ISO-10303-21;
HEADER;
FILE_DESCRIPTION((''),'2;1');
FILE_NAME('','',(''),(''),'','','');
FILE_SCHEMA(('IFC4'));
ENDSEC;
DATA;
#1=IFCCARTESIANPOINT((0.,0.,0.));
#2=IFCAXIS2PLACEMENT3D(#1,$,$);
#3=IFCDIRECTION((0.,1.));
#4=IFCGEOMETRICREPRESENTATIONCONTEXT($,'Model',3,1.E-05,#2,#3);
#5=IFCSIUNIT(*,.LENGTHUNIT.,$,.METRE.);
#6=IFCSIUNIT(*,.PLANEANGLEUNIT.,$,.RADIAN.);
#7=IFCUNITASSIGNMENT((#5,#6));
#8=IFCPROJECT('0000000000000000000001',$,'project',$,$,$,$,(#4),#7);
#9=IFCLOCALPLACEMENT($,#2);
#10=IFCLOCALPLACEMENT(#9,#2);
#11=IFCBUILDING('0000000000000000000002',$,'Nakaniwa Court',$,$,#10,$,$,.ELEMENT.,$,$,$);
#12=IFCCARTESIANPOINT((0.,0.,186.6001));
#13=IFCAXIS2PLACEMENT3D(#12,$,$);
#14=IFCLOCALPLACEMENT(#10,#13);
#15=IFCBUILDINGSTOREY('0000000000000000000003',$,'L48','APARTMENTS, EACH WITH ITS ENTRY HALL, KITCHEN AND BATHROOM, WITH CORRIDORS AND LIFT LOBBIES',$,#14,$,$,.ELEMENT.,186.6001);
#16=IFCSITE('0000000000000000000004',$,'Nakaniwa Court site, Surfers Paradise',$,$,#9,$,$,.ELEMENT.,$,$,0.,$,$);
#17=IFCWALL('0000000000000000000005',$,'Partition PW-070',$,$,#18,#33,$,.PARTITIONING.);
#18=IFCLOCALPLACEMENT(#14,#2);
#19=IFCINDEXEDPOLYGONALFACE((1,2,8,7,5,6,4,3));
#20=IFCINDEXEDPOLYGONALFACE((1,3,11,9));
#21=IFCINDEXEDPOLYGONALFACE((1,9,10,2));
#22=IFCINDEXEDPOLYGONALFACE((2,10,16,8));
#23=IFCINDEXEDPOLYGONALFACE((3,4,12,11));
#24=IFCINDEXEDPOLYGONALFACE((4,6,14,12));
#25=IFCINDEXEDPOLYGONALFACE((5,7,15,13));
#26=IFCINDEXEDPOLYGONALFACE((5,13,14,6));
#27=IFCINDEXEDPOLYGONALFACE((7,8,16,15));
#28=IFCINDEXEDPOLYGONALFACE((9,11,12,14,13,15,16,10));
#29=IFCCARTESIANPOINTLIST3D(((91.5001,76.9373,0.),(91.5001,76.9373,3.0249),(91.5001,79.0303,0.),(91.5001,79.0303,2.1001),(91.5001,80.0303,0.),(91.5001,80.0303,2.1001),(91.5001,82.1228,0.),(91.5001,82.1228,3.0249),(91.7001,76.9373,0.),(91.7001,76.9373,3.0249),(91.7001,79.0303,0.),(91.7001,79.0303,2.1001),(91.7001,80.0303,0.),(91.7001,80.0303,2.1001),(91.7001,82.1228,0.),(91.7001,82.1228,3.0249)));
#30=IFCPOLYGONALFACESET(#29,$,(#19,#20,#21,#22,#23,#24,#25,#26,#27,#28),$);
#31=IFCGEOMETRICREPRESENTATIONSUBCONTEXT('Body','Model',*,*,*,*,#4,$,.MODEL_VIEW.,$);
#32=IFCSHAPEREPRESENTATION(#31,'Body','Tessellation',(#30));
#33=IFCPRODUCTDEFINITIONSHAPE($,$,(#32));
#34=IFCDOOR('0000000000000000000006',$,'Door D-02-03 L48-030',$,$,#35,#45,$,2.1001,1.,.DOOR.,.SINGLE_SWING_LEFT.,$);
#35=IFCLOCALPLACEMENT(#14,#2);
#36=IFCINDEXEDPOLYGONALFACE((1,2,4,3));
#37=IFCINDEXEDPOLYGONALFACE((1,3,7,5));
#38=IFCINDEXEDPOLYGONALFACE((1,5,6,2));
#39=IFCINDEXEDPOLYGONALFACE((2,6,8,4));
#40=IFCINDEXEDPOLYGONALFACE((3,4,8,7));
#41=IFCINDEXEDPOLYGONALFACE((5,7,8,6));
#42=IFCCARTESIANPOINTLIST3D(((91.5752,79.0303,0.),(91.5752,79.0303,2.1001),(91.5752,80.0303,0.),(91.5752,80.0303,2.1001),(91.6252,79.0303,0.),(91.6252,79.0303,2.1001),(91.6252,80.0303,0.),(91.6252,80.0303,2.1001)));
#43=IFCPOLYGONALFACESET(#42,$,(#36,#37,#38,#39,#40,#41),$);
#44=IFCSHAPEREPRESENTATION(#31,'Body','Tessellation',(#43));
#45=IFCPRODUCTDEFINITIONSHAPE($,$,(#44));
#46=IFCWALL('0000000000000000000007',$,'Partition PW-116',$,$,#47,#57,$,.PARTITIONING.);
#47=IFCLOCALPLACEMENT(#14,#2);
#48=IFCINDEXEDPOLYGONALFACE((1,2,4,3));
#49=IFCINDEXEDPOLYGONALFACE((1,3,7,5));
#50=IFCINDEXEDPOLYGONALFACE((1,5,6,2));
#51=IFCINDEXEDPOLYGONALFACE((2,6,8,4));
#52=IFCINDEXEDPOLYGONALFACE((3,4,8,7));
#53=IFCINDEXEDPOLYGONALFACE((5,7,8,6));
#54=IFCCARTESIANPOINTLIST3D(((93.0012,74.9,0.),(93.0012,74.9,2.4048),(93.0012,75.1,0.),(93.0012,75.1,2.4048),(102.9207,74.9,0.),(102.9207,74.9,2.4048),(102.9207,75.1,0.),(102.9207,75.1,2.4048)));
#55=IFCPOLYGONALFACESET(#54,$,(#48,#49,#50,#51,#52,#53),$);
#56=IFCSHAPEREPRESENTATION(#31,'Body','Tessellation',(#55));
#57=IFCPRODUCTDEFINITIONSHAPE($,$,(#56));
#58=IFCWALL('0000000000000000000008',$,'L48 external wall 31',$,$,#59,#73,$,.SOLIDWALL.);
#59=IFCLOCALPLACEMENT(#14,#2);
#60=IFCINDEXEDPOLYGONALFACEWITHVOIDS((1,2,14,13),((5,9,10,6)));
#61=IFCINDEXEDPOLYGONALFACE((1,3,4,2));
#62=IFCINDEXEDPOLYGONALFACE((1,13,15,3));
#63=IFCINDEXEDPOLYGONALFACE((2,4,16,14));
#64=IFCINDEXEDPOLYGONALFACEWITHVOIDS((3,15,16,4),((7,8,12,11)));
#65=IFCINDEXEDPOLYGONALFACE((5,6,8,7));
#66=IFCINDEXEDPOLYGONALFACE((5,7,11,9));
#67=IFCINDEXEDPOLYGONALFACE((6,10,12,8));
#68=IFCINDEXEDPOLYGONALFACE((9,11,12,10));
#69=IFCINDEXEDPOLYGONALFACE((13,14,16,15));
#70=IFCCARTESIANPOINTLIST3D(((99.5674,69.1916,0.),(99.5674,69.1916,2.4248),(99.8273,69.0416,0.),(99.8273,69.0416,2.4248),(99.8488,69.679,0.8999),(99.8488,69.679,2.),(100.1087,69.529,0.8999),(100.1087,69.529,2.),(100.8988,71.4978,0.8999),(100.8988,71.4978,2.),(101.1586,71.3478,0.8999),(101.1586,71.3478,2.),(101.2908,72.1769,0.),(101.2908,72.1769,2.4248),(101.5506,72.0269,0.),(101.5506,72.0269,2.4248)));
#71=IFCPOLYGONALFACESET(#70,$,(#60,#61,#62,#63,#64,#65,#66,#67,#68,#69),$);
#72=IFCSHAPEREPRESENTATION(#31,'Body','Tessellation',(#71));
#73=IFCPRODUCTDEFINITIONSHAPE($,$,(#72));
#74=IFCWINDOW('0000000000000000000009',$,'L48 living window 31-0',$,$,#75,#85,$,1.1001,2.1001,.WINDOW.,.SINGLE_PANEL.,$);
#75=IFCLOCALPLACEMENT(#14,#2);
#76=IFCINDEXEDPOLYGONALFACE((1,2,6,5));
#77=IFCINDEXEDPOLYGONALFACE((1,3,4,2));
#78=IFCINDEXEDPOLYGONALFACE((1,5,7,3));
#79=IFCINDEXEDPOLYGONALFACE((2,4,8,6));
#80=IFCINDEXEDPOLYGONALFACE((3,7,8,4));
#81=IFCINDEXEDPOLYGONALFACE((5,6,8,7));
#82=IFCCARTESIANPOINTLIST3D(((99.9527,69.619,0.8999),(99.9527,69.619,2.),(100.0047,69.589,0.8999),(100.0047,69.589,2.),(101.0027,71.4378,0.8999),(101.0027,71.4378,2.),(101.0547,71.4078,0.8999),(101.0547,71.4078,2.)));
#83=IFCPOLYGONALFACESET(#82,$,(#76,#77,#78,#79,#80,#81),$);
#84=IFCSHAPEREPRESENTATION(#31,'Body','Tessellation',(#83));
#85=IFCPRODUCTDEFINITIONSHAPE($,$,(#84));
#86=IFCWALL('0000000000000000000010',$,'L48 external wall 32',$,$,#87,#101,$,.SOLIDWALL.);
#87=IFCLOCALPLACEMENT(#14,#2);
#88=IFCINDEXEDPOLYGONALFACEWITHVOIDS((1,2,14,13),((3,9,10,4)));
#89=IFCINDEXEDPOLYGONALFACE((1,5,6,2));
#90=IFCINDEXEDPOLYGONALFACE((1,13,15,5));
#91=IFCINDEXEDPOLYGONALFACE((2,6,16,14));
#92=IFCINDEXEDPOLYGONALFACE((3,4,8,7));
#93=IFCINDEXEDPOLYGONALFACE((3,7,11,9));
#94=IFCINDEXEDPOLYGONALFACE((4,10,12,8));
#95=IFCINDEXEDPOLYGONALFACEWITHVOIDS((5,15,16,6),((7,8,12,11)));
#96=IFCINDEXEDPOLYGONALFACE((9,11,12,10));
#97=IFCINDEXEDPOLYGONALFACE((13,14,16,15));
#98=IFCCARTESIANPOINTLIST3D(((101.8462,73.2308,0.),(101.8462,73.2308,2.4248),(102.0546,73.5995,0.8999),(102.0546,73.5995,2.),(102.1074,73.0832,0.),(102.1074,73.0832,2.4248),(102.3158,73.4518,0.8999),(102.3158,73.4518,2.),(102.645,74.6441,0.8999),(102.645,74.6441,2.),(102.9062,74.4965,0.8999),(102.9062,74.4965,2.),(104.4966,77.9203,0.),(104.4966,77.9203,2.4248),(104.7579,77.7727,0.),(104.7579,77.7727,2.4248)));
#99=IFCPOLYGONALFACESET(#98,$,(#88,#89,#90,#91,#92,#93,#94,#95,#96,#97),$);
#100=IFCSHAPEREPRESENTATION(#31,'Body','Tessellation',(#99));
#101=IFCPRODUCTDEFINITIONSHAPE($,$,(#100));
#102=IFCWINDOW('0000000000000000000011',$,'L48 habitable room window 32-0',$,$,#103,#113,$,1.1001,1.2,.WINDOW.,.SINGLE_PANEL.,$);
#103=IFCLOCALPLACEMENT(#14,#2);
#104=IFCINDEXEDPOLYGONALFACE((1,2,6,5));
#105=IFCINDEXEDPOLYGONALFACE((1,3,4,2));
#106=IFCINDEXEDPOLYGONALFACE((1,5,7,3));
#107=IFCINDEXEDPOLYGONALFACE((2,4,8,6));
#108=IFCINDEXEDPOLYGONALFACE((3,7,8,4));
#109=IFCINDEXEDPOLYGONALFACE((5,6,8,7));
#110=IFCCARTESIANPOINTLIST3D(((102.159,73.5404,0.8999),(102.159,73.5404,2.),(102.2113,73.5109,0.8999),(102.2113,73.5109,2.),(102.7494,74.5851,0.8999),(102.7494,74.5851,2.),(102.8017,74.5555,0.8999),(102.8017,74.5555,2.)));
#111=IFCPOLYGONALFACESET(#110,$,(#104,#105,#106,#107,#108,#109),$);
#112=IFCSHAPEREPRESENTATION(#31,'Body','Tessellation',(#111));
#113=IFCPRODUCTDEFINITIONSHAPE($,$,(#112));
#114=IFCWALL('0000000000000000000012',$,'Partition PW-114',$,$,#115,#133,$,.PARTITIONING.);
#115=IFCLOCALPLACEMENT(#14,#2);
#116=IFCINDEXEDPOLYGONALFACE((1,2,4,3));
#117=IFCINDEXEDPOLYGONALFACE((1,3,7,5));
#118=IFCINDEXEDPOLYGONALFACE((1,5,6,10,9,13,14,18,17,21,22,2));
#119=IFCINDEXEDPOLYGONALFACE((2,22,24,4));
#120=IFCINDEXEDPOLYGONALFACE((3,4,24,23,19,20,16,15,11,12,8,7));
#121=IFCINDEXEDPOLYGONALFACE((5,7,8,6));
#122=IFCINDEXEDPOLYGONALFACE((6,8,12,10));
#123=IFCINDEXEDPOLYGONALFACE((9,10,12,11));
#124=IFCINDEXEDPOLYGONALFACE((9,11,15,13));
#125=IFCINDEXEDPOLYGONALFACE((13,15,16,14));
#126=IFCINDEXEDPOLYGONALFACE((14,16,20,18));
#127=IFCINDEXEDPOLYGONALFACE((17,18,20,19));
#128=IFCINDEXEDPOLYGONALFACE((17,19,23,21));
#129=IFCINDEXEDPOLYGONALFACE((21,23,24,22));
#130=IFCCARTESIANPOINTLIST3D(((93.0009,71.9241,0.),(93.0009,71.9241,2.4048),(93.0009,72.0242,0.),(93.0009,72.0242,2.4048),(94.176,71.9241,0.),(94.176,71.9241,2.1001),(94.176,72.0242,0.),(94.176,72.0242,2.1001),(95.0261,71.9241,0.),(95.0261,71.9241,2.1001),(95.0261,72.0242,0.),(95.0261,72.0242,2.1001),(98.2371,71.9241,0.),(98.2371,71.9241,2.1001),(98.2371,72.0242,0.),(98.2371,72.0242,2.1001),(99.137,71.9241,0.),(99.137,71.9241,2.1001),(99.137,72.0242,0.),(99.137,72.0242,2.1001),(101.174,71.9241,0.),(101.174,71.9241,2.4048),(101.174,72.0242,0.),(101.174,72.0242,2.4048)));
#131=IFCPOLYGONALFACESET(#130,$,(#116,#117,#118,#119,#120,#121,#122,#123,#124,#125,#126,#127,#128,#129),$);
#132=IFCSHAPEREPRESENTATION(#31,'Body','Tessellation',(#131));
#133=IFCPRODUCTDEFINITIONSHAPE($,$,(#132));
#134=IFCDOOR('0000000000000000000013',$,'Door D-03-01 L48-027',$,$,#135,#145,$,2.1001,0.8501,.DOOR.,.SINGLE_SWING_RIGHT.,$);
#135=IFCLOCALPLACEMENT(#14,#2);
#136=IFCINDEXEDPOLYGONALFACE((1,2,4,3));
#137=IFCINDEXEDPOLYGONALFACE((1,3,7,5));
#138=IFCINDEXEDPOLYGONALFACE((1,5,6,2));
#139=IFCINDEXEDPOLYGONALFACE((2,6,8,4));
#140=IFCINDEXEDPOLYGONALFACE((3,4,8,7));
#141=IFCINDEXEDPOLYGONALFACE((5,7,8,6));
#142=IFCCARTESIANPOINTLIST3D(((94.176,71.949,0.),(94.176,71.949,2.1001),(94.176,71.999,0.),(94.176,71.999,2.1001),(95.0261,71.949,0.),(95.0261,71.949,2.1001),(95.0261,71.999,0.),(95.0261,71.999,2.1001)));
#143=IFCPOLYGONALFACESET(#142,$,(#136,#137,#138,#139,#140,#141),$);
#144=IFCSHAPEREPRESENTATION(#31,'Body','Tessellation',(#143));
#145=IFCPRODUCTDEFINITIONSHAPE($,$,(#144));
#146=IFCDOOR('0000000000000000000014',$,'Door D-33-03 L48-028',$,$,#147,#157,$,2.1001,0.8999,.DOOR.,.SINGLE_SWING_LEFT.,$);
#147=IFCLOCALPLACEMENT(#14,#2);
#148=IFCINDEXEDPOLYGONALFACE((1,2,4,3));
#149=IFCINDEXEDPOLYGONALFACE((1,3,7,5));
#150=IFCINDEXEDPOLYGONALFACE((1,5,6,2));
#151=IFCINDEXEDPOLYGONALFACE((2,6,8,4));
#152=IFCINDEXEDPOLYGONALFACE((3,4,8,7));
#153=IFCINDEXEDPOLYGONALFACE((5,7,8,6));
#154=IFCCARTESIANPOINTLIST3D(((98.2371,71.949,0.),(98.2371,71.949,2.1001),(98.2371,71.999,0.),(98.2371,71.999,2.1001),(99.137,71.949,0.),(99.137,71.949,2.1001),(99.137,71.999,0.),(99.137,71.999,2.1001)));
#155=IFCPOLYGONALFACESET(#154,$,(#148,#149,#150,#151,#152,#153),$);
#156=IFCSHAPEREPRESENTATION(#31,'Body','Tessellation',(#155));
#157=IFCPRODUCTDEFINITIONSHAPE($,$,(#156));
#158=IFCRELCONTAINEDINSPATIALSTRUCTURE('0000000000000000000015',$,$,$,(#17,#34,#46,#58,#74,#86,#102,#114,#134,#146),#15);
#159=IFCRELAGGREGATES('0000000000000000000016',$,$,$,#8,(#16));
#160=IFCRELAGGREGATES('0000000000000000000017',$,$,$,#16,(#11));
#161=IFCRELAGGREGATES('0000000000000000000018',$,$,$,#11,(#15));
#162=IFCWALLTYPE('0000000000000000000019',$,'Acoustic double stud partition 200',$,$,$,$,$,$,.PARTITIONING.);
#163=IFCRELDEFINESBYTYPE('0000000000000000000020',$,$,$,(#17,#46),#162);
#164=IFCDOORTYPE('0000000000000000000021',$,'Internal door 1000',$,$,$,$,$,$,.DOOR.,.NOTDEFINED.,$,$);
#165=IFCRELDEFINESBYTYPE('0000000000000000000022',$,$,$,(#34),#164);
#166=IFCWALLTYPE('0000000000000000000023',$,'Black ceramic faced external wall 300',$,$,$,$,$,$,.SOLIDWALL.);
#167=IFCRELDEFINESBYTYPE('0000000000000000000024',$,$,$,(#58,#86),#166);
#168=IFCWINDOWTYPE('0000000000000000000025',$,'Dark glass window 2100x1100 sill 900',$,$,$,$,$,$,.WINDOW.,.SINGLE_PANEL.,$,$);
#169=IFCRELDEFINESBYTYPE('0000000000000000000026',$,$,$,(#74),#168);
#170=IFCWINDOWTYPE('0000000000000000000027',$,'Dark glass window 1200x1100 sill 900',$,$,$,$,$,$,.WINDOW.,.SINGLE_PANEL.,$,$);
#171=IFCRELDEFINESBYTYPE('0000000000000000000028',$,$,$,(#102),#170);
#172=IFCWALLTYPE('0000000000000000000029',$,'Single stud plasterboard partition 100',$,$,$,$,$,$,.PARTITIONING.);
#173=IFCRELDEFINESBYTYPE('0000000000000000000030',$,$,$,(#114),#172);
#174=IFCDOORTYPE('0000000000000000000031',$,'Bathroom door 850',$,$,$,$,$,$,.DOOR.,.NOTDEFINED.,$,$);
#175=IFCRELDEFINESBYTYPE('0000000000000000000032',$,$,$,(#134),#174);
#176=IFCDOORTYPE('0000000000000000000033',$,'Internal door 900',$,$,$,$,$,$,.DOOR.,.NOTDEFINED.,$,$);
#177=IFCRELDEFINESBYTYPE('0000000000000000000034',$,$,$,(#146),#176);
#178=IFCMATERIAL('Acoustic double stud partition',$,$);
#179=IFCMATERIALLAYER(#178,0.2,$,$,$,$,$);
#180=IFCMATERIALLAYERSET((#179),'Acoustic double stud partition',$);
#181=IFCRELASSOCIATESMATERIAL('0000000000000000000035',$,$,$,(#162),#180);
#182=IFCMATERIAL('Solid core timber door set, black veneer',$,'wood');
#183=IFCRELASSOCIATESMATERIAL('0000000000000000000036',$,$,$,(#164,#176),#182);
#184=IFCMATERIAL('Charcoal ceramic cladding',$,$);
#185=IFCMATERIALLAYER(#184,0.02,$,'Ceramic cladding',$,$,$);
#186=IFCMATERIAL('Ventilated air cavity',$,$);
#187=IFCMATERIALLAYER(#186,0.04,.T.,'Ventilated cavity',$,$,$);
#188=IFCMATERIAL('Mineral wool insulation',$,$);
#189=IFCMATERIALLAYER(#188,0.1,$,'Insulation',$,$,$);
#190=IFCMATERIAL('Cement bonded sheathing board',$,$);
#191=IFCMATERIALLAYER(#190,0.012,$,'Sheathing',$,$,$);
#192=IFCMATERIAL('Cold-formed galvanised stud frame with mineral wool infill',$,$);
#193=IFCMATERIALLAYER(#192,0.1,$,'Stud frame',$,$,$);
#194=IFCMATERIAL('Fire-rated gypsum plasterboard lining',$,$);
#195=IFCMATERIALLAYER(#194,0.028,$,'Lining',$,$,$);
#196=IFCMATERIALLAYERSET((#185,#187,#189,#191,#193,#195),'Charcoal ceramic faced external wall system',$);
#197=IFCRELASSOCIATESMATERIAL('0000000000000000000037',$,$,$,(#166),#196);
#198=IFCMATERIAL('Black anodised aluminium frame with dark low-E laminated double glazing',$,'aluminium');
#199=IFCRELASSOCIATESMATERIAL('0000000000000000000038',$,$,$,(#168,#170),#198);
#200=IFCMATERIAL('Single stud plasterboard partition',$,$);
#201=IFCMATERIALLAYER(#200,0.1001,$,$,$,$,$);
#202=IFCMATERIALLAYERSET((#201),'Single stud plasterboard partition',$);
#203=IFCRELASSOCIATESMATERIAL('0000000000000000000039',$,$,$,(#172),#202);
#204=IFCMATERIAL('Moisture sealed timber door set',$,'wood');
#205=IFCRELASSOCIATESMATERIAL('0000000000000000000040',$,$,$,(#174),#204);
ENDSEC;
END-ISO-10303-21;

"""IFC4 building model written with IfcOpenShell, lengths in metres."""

from ifc_helpers import new_model, si_unit, direction, frame, frame_2d, origin, place, context, subcontext, project, spatial, rectangle, extrude, material, layer, layer_set, type_object, element, fill, save


model = new_model("IFC4")

# Units and contexts
model_context = context("Model", 3, precision=1e-05, world=origin(), true_north=direction((0.0, 1.0)))
body_context = subcontext(model_context, "Body", "Model", "MODEL_VIEW")
ifc_project = project(units=[si_unit("LENGTHUNIT", "METRE"), si_unit("PLANEANGLEUNIT", "RADIAN")], contexts=[model_context])

# Site, building, storey
site_placement = place(None, origin())
site = spatial("IfcSite", under=ifc_project, at=site_placement, Name="Nakaniwa Court site, Surfers Paradise", CompositionType="ELEMENT", RefElevation=0.0)
building_placement = place(site_placement, origin())
building = spatial("IfcBuilding", under=site, at=building_placement, Name="Nakaniwa Court", CompositionType="ELEMENT")
storey_placement = place(building_placement, frame((0.0, 0.0, 186.6001)))
storey = spatial("IfcBuildingStorey", under=building, at=storey_placement, Name="L48", Description="APARTMENTS, EACH WITH ITS ENTRY HALL, KITCHEN AND BATHROOM, WITH CORRIDORS AND LIFT LOBBIES", CompositionType="ELEMENT", Elevation=186.6001)

# Shared definitions
ifc_material_1 = material(Name="Acoustic double stud partition")
ifc_layer_1 = layer(ifc_material_1, 0.2)
ifc_layer_set_1 = layer_set([ifc_layer_1], Name="Acoustic double stud partition")
wall_type_1 = type_object("IfcWallType", Name="Acoustic double stud partition 200", PredefinedType="PARTITIONING", material=ifc_layer_set_1)

# Wall, opening, door
wall_1_placement = place(storey_placement, frame((91.6001, 76.9373, 0.0), z_axis=(0.0, 0.0, 1.0), x_axis=(0.0, 1.0, 0.0)))
wall_1 = element("IfcWall", 1, at=wall_1_placement, inside=storey, type_object=wall_type_1, Name="Partition PW-070", PredefinedType="PARTITIONING", context=body_context, shape_type="SweptSolid", body=[
    extrude(rectangle(XDim=5.1855, YDim=0.2, at=frame_2d((2.5928, 0.0))), origin(), (0.0, 0.0, 1.0), 3.0249),
])
opening_1_placement = place(wall_1_placement, frame((2.093, 0.0, 0.0)))
opening_1 = element("IfcOpeningElement", 2, at=opening_1_placement, cuts=wall_1, PredefinedType="OPENING", context=body_context, shape_type="SweptSolid", body=[
    extrude(rectangle(XDim=1.0, YDim=2.1001, at=frame_2d((0.5, 1.05))), frame((0.0, 0.1099, 0.0), z_axis=(0.0, -1.0, 0.0), x_axis=(1.0, 0.0, 0.0)), (0.0, 0.0, 1.0), 0.22),
])
ifc_material_2 = material(Name="Solid core timber door set, black veneer", Category="wood")
door_type_1 = type_object("IfcDoorType", Name="Internal door 1000", OperationType="NOTDEFINED", PredefinedType="DOOR", material=ifc_material_2)
door_1_placement = place(opening_1_placement, origin())
door_1 = element("IfcDoor", 3, at=door_1_placement, inside=storey, type_object=door_type_1, Name="Door D-02-03 L48-030", OperationType="SINGLE_SWING_LEFT", OverallHeight=2.1001, OverallWidth=1.0, PredefinedType="DOOR", context=body_context, shape_type="SweptSolid", body=[
    extrude(rectangle(XDim=1.0, YDim=2.1001, at=frame_2d((0.5, 1.05))), frame((0.0, 0.0249, 0.0), z_axis=(0.0, -1.0, 0.0), x_axis=(1.0, 0.0, 0.0)), (0.0, 0.0, 1.0), 0.05),
])
fill(opening_1, door_1)

# Wall
wall_2_placement = place(storey_placement, frame((93.0012, 75.0, 0.0), z_axis=(0.0, 0.0, 1.0), x_axis=(1.0, 0.0, 0.0)))
element("IfcWall", 4, at=wall_2_placement, inside=storey, type_object=wall_type_1, Name="Partition PW-116", PredefinedType="PARTITIONING", context=body_context, shape_type="SweptSolid", body=[
    extrude(rectangle(XDim=9.9194, YDim=0.2, at=frame_2d((4.9597, 0.0))), origin(), (0.0, 0.0, 1.0), 2.4048),
])

# Walls, openings, windows
ifc_material_3 = material(Name="Charcoal ceramic cladding")
ifc_layer_2 = layer(ifc_material_3, 0.02, Name="Ceramic cladding")
ifc_material_4 = material(Name="Ventilated air cavity")
ifc_layer_3 = layer(ifc_material_4, 0.04, ventilated=True, Name="Ventilated cavity")
ifc_material_5 = material(Name="Mineral wool insulation")
ifc_layer_4 = layer(ifc_material_5, 0.1, Name="Insulation")
ifc_material_6 = material(Name="Cement bonded sheathing board")
ifc_layer_5 = layer(ifc_material_6, 0.012, Name="Sheathing")
ifc_material_7 = material(Name="Cold-formed galvanised stud frame with mineral wool infill")
ifc_layer_6 = layer(ifc_material_7, 0.1, Name="Stud frame")
ifc_material_8 = material(Name="Fire-rated gypsum plasterboard lining")
ifc_layer_7 = layer(ifc_material_8, 0.028, Name="Lining")
ifc_layer_set_2 = layer_set([ifc_layer_2, ifc_layer_3, ifc_layer_4, ifc_layer_5, ifc_layer_6, ifc_layer_7], Name="Charcoal ceramic faced external wall system")
wall_type_2 = type_object("IfcWallType", Name="Black ceramic faced external wall 300", PredefinedType="SOLIDWALL", material=ifc_layer_set_2)
wall_3_placement = place(storey_placement, frame((99.6973, 69.1165, 0.0), z_axis=(0.0, 0.0, 1.0), x_axis=(0.499955, 0.866051, 0.0)))
wall_3 = element("IfcWall", 5, at=wall_3_placement, inside=storey, type_object=wall_type_2, Name="L48 external wall 31", PredefinedType="SOLIDWALL", context=body_context, shape_type="SweptSolid", body=[
    extrude(rectangle(XDim=3.447, YDim=0.3, at=frame_2d((1.7236, 0.0))), origin(), (0.0, 0.0, 1.0), 2.4248),
])
opening_2_placement = place(wall_3_placement, frame((0.563, 0.0, 0.8999)))
opening_2 = element("IfcOpeningElement", 6, at=opening_2_placement, cuts=wall_3, PredefinedType="OPENING", context=body_context, shape_type="SweptSolid", body=[
    extrude(rectangle(XDim=2.1001, YDim=1.1001, at=frame_2d((1.05, 0.55))), frame((0.0, 0.1599, 0.0), z_axis=(0.0, -1.0, 0.0), x_axis=(1.0, 0.0, 0.0)), (0.0, 0.0, 1.0), 0.3201),
])
ifc_material_9 = material(Name="Black anodised aluminium frame with dark low-E laminated double glazing", Category="aluminium")
window_type_1 = type_object("IfcWindowType", Name="Dark glass window 2100x1100 sill 900", PartitioningType="SINGLE_PANEL", PredefinedType="WINDOW", material=ifc_material_9)
window_1_placement = place(opening_2_placement, origin())
window_1 = element("IfcWindow", 7, at=window_1_placement, inside=storey, type_object=window_type_1, Name="L48 living window 31-0", OverallHeight=1.1001, OverallWidth=2.1001, PartitioningType="SINGLE_PANEL", PredefinedType="WINDOW", context=body_context, shape_type="SweptSolid", body=[
    extrude(rectangle(XDim=2.1001, YDim=1.1001, at=frame_2d((1.05, 0.55))), frame((0.0, 0.03, 0.0), z_axis=(0.0, -1.0, 0.0), x_axis=(1.0, 0.0, 0.0)), (0.0, 0.0, 1.0), 0.0601),
])
fill(opening_2, window_1)
wall_4_placement = place(storey_placement, frame((101.9768, 73.157, 0.0), z_axis=(0.0, 0.0, 1.0), x_axis=(0.492033, 0.870576, 0.0)))
wall_4 = element("IfcWall", 8, at=wall_4_placement, inside=storey, type_object=wall_type_2, Name="L48 external wall 32", PredefinedType="SOLIDWALL", context=body_context, shape_type="SweptSolid", body=[
    extrude(rectangle(XDim=5.3867, YDim=0.3, at=frame_2d((2.6934, 0.0))), origin(), (0.0, 0.0, 1.0), 2.4248),
])
opening_3_placement = place(wall_4_placement, frame((0.4233, 0.0, 0.8999)))
opening_3 = element("IfcOpeningElement", 9, at=opening_3_placement, cuts=wall_4, PredefinedType="OPENING", context=body_context, shape_type="SweptSolid", body=[
    extrude(rectangle(XDim=1.2, YDim=1.1001, at=frame_2d((0.6001, 0.55))), frame((0.0, 0.1599, 0.0), z_axis=(0.0, -1.0, 0.0), x_axis=(1.0, 0.0, 0.0)), (0.0, 0.0, 1.0), 0.3201),
])
window_type_2 = type_object("IfcWindowType", Name="Dark glass window 1200x1100 sill 900", PartitioningType="SINGLE_PANEL", PredefinedType="WINDOW", material=ifc_material_9)
window_2_placement = place(opening_3_placement, origin())
window_2 = element("IfcWindow", 10, at=window_2_placement, inside=storey, type_object=window_type_2, Name="L48 habitable room window 32-0", OverallHeight=1.1001, OverallWidth=1.2, PartitioningType="SINGLE_PANEL", PredefinedType="WINDOW", context=body_context, shape_type="SweptSolid", body=[
    extrude(rectangle(XDim=1.2, YDim=1.1001, at=frame_2d((0.6001, 0.55))), frame((0.0, 0.03, 0.0), z_axis=(0.0, -1.0, 0.0), x_axis=(1.0, 0.0, 0.0)), (0.0, 0.0, 1.0), 0.0601),
])
fill(opening_3, window_2)

# Wall, openings, doors
ifc_material_10 = material(Name="Single stud plasterboard partition")
ifc_layer_8 = layer(ifc_material_10, 0.1001)
ifc_layer_set_3 = layer_set([ifc_layer_8], Name="Single stud plasterboard partition")
wall_type_3 = type_object("IfcWallType", Name="Single stud plasterboard partition 100", PredefinedType="PARTITIONING", material=ifc_layer_set_3)
wall_5_placement = place(storey_placement, frame((93.001, 71.9741, 0.0), z_axis=(0.0, 0.0, 1.0), x_axis=(1.0, 0.0, 0.0)))
wall_5 = element("IfcWall", 11, at=wall_5_placement, inside=storey, type_object=wall_type_3, Name="Partition PW-114", PredefinedType="PARTITIONING", context=body_context, shape_type="SweptSolid", body=[
    extrude(rectangle(XDim=8.1731, YDim=0.1001, at=frame_2d((4.0864, 0.0))), origin(), (0.0, 0.0, 1.0), 2.4048),
])
opening_4_placement = place(wall_5_placement, frame((1.175, 0.0, 0.0)))
opening_4 = element("IfcOpeningElement", 12, at=opening_4_placement, cuts=wall_5, PredefinedType="OPENING", context=body_context, shape_type="SweptSolid", body=[
    extrude(rectangle(XDim=0.8501, YDim=2.1001, at=frame_2d((0.425, 1.05))), frame((0.0, 0.0601, 0.0), z_axis=(0.0, -1.0, 0.0), x_axis=(1.0, 0.0, 0.0)), (0.0, 0.0, 1.0), 0.1201),
])
opening_5_placement = place(wall_5_placement, frame((5.2361, 0.0, 0.0)))
opening_5 = element("IfcOpeningElement", 13, at=opening_5_placement, cuts=wall_5, PredefinedType="OPENING", context=body_context, shape_type="SweptSolid", body=[
    extrude(rectangle(XDim=0.8999, YDim=2.1001, at=frame_2d((0.45, 1.05))), frame((0.0, 0.0601, 0.0), z_axis=(0.0, -1.0, 0.0), x_axis=(1.0, 0.0, 0.0)), (0.0, 0.0, 1.0), 0.1201),
])
ifc_material_11 = material(Name="Moisture sealed timber door set", Category="wood")
door_type_2 = type_object("IfcDoorType", Name="Bathroom door 850", OperationType="NOTDEFINED", PredefinedType="DOOR", material=ifc_material_11)
door_2_placement = place(opening_4_placement, origin())
door_2 = element("IfcDoor", 14, at=door_2_placement, inside=storey, type_object=door_type_2, Name="Door D-03-01 L48-027", OperationType="SINGLE_SWING_RIGHT", OverallHeight=2.1001, OverallWidth=0.8501, PredefinedType="DOOR", context=body_context, shape_type="SweptSolid", body=[
    extrude(rectangle(XDim=0.8501, YDim=2.1001, at=frame_2d((0.425, 1.05))), frame((0.0, 0.0249, 0.0), z_axis=(0.0, -1.0, 0.0), x_axis=(1.0, 0.0, 0.0)), (0.0, 0.0, 1.0), 0.05),
])
fill(opening_4, door_2)
door_type_3 = type_object("IfcDoorType", Name="Internal door 900", OperationType="NOTDEFINED", PredefinedType="DOOR", material=ifc_material_2)
door_3_placement = place(opening_5_placement, origin())
door_3 = element("IfcDoor", 15, at=door_3_placement, inside=storey, type_object=door_type_3, Name="Door D-33-03 L48-028", OperationType="SINGLE_SWING_LEFT", OverallHeight=2.1001, OverallWidth=0.8999, PredefinedType="DOOR", context=body_context, shape_type="SweptSolid", body=[
    extrude(rectangle(XDim=0.8999, YDim=2.1001, at=frame_2d((0.45, 1.05))), frame((0.0, 0.0249, 0.0), z_axis=(0.0, -1.0, 0.0), x_axis=(1.0, 0.0, 0.0)), (0.0, 0.0, 1.0), 0.05),
])
fill(opening_5, door_3)

save(model, "model.ifc")
